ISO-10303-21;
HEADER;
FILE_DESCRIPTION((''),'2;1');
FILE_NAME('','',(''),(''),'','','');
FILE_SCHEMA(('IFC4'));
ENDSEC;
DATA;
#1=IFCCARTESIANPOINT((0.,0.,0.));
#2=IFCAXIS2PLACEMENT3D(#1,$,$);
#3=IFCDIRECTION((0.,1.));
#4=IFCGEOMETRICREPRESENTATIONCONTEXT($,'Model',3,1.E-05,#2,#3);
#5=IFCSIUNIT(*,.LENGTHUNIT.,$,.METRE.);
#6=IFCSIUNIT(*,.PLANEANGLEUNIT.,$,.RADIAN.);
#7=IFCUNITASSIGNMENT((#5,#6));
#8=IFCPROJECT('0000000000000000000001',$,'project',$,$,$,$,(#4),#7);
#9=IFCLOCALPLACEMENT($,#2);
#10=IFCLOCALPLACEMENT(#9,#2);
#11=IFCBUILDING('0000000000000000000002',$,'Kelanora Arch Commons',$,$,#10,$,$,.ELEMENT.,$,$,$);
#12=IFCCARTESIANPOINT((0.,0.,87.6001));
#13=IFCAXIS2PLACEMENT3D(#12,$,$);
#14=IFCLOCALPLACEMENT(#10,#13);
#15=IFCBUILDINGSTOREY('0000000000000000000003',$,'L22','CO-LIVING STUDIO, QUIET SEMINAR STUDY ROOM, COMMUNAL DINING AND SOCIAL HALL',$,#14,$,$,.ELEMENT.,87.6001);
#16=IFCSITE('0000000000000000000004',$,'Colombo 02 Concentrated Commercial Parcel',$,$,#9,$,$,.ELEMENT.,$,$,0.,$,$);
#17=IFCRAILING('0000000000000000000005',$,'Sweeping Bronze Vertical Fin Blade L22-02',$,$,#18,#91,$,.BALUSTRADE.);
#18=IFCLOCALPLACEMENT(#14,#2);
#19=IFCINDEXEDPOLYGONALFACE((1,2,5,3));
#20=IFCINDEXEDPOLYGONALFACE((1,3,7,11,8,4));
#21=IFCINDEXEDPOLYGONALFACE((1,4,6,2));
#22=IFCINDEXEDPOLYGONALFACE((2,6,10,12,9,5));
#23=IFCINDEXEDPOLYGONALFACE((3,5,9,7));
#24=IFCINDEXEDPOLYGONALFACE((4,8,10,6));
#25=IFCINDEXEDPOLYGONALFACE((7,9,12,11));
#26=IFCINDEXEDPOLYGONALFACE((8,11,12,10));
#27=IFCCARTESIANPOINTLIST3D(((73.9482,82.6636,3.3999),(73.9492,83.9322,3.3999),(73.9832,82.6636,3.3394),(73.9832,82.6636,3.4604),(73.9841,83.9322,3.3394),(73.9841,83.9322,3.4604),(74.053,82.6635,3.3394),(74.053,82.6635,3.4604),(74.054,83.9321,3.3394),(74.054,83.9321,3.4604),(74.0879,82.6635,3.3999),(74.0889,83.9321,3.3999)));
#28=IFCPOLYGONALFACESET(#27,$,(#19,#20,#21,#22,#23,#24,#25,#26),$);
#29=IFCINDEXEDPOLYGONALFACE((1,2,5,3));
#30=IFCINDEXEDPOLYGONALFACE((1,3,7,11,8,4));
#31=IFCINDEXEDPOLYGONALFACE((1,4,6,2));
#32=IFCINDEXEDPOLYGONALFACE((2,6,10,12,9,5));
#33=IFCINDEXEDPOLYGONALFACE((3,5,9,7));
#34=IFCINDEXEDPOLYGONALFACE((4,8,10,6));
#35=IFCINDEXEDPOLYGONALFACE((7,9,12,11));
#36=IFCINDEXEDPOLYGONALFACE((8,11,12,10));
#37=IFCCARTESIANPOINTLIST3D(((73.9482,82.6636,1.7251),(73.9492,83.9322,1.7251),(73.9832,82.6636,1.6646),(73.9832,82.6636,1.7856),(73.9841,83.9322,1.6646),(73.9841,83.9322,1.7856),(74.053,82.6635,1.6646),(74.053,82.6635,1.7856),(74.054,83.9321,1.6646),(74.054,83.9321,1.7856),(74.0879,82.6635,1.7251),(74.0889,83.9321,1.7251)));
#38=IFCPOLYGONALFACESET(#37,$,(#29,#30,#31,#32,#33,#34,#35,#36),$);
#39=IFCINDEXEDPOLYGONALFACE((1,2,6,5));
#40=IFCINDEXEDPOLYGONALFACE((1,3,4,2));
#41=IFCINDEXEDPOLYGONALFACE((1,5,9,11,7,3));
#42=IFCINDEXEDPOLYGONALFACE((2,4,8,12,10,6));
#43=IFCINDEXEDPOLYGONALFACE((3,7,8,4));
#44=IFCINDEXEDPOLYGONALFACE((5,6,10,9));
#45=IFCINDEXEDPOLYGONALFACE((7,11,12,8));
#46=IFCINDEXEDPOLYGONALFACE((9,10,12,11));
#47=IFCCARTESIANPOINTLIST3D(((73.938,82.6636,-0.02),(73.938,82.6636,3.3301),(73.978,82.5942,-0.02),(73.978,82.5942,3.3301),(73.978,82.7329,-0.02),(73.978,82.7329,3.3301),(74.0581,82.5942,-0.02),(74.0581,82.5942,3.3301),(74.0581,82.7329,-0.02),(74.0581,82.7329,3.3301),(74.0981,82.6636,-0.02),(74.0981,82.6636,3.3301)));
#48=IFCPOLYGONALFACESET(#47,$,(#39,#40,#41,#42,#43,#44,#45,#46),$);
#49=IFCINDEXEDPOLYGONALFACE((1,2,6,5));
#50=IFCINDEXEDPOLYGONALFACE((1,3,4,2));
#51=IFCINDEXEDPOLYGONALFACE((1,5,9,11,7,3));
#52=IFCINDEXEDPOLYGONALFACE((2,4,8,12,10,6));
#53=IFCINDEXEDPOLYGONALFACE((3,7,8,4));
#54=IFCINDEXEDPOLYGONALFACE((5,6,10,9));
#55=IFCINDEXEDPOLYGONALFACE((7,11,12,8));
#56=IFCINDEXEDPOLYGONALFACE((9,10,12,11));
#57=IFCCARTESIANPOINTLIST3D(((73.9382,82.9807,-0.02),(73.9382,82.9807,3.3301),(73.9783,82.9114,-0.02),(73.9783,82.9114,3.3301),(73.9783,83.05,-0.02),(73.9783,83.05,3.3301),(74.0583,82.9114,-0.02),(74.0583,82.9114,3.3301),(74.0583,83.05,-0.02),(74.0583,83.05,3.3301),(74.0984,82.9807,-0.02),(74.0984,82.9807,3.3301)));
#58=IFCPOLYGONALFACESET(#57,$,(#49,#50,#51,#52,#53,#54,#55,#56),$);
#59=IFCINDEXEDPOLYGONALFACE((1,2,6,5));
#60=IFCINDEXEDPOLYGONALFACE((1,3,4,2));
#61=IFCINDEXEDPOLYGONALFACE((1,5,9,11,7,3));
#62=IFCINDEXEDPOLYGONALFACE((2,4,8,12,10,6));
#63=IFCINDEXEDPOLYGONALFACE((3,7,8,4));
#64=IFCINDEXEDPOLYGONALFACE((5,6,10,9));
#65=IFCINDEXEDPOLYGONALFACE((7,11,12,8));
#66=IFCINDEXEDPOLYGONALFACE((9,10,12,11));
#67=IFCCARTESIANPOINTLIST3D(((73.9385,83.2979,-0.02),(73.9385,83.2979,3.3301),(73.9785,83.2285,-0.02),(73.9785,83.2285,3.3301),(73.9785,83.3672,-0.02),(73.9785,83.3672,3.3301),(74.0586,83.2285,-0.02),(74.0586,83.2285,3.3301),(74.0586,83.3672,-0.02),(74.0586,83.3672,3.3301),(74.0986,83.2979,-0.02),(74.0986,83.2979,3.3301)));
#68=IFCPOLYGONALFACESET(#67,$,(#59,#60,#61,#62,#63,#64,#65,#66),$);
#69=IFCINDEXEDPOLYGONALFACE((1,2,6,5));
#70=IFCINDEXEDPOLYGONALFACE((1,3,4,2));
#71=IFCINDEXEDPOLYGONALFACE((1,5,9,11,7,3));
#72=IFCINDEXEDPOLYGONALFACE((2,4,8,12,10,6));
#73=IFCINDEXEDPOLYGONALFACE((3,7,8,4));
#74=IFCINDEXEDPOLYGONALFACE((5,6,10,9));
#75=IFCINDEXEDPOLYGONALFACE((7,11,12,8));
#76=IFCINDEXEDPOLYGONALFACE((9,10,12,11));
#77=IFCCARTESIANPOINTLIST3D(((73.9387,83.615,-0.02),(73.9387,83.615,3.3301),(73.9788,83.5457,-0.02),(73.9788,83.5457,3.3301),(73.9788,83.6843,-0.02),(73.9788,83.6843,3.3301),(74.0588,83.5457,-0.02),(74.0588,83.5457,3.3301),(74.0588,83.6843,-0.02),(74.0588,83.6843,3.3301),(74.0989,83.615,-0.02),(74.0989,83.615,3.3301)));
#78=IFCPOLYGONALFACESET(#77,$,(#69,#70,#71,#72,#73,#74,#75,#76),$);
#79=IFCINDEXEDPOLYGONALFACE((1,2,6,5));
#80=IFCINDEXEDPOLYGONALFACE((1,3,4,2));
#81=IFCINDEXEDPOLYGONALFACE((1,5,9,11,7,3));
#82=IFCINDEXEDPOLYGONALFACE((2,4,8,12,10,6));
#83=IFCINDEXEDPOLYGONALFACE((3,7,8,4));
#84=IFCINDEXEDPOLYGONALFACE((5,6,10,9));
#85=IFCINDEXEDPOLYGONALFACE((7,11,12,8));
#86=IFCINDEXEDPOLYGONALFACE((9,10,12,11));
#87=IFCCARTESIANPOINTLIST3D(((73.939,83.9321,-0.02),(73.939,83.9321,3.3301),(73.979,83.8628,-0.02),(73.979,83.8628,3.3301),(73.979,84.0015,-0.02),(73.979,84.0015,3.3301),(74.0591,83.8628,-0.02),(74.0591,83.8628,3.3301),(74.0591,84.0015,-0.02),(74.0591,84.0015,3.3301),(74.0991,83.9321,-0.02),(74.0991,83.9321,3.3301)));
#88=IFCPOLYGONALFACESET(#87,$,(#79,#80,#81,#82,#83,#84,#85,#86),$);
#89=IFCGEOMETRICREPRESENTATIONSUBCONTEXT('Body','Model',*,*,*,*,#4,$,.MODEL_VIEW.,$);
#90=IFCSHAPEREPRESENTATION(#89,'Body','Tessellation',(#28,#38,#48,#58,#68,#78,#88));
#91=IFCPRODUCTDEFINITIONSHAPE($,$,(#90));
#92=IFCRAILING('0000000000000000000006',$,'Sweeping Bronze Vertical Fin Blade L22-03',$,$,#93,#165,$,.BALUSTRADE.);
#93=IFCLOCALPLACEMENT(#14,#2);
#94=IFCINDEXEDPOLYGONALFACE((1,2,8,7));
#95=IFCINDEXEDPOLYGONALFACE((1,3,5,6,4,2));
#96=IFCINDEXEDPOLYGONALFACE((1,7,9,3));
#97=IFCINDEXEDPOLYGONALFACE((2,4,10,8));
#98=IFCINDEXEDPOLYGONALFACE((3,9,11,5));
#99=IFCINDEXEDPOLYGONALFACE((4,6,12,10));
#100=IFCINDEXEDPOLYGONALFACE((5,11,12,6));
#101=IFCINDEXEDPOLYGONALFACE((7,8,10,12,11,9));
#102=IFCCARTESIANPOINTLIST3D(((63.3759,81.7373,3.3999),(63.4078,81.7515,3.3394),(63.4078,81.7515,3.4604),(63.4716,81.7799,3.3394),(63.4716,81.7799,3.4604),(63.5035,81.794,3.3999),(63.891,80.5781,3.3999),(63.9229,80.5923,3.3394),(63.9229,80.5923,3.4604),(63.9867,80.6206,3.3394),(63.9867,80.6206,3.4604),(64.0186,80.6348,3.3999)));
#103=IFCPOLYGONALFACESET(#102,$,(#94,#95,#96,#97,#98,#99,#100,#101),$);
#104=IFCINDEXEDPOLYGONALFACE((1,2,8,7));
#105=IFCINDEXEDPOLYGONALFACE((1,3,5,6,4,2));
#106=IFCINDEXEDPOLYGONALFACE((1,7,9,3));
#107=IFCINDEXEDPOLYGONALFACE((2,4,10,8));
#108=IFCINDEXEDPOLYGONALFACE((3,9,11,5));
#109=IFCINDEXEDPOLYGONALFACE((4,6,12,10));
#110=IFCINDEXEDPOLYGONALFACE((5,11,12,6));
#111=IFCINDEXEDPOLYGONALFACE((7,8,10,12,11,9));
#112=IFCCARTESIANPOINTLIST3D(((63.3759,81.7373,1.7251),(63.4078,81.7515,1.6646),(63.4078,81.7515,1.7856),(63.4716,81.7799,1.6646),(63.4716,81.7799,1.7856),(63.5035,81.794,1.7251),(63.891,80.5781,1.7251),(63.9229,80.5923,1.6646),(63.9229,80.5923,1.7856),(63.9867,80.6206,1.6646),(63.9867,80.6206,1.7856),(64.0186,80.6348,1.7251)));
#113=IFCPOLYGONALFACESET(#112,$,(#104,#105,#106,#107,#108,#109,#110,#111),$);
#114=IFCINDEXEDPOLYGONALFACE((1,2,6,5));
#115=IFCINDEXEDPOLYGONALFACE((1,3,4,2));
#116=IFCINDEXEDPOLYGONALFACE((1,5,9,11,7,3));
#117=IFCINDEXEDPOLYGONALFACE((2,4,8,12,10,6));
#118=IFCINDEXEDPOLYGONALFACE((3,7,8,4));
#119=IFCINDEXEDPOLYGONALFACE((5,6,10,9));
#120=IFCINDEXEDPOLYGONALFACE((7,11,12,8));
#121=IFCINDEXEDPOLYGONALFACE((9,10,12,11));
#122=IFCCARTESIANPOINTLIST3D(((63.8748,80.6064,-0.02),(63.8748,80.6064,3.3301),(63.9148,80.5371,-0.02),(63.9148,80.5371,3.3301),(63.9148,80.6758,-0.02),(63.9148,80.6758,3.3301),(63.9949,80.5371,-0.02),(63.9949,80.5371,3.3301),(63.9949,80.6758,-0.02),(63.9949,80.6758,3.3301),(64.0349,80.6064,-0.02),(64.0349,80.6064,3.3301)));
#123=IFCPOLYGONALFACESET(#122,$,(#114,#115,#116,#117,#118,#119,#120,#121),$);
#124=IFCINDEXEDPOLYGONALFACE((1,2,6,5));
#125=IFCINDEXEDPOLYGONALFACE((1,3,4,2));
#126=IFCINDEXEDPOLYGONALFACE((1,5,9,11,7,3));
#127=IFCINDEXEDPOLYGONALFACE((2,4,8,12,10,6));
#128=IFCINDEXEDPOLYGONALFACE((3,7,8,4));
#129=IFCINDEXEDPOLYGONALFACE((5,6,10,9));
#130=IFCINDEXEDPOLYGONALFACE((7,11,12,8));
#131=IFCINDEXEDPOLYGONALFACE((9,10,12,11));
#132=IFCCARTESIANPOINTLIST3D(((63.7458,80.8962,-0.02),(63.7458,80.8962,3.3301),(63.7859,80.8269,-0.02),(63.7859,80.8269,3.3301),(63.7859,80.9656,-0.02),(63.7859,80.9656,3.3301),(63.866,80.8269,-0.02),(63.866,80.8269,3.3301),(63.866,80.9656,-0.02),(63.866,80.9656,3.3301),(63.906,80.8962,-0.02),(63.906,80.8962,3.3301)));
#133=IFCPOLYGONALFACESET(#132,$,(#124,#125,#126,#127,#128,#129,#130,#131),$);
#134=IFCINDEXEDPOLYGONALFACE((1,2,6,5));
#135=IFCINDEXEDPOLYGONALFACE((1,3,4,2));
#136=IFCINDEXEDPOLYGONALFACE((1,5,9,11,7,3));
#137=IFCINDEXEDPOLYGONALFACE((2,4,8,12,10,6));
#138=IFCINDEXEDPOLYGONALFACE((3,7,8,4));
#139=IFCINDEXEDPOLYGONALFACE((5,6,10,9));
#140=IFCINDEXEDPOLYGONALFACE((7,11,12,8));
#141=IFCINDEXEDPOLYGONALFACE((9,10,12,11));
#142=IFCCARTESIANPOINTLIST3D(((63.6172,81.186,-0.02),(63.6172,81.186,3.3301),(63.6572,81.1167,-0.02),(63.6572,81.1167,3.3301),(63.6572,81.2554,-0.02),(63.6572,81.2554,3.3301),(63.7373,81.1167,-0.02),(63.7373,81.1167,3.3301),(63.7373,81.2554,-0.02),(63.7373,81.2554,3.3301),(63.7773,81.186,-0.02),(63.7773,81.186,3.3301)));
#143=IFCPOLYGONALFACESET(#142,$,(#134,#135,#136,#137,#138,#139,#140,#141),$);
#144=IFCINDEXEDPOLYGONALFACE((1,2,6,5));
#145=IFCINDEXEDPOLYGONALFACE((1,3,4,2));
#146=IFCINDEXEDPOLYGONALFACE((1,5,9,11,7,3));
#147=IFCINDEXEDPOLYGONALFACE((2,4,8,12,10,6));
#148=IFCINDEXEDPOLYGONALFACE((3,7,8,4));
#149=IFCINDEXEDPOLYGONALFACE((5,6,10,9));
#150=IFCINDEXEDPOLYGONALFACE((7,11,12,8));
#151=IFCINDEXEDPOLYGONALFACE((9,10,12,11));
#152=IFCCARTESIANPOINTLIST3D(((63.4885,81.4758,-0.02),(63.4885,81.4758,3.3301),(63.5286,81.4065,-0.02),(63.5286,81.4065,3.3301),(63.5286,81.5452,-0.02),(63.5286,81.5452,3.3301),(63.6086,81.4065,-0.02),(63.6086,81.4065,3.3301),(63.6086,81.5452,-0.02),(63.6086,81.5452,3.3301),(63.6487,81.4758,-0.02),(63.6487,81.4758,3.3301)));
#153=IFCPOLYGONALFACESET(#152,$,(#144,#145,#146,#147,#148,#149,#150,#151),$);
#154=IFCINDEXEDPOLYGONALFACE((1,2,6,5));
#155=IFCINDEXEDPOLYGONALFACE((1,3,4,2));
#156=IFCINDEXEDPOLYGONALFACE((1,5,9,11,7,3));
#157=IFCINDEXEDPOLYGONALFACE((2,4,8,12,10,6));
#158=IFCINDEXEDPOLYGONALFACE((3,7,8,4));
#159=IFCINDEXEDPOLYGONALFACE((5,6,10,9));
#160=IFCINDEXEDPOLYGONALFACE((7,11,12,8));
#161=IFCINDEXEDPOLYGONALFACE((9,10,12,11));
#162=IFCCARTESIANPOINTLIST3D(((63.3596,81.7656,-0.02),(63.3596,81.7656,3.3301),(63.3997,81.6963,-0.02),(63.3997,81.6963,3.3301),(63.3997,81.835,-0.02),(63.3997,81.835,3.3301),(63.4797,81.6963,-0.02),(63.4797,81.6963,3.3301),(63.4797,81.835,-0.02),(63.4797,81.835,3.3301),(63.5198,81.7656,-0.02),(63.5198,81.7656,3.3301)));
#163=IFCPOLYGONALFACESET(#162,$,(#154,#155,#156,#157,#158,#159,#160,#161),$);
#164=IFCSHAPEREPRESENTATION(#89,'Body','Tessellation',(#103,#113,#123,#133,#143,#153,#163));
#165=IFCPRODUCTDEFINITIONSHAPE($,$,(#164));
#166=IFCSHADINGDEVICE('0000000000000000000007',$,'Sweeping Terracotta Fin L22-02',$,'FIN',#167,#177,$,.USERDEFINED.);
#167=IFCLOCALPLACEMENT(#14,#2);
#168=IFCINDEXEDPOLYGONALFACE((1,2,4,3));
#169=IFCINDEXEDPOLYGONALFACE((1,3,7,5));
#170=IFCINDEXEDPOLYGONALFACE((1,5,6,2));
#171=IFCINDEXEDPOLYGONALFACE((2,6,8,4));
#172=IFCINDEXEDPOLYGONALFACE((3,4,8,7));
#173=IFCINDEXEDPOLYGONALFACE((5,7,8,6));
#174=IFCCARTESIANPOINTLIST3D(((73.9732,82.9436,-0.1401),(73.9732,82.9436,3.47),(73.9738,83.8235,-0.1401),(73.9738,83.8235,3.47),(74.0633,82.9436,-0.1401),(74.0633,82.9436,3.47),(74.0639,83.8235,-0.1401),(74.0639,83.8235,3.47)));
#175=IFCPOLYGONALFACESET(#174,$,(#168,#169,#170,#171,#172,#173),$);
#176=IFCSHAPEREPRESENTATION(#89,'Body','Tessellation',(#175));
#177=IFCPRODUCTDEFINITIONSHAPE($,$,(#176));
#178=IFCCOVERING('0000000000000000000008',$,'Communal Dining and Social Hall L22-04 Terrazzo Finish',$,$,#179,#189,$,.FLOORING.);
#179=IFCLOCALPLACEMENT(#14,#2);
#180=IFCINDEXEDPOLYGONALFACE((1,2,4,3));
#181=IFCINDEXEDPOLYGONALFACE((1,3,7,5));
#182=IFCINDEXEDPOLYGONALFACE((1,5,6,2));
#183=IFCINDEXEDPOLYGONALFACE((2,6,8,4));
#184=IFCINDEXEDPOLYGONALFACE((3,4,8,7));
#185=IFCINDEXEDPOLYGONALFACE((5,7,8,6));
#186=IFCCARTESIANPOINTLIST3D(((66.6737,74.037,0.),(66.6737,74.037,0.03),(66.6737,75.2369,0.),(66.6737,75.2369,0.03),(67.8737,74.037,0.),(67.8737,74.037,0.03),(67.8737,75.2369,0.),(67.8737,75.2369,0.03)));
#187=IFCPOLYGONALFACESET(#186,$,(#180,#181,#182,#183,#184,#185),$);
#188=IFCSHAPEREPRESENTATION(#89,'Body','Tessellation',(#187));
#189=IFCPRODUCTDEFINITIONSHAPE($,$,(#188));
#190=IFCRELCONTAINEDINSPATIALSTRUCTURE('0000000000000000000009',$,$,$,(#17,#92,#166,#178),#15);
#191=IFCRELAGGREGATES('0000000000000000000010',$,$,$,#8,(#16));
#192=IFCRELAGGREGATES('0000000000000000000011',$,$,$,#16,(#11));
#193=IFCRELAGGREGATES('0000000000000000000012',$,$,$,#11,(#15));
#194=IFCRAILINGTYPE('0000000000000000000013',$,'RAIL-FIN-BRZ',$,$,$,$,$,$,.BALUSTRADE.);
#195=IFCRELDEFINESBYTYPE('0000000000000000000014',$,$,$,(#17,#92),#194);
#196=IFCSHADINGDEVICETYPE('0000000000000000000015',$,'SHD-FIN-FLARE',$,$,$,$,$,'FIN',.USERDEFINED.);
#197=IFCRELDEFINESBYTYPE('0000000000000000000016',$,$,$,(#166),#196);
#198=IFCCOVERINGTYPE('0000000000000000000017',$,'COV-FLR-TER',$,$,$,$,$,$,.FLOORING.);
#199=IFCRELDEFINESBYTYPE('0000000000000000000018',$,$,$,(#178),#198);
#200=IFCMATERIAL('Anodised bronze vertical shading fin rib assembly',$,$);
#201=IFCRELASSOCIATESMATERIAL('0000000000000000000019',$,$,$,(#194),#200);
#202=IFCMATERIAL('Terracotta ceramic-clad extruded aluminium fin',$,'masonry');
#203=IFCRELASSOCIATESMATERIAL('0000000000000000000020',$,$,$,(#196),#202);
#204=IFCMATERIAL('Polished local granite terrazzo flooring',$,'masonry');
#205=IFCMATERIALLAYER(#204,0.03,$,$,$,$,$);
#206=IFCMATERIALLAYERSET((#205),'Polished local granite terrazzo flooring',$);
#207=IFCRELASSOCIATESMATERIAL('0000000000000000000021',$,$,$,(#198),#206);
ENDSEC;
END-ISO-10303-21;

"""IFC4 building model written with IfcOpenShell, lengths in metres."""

from ifc_helpers import new_model, si_unit, direction, frame, origin, origin_2d, place, context, subcontext, project, spatial, polyline, rectangle, outline, extrude, source, transform, mapped, material, layer, layer_set, type_object, element, save


model = new_model("IFC4")

# Units and contexts
model_context = context("Model", 3, precision=1e-05, world=origin(), true_north=direction((0.0, 1.0)))
body_context = subcontext(model_context, "Body", "Model", "MODEL_VIEW")
ifc_project = project(units=[si_unit("LENGTHUNIT", "METRE"), si_unit("PLANEANGLEUNIT", "RADIAN")], contexts=[model_context])

# Site, building, storey
site_placement = place(None, origin())
site = spatial("IfcSite", under=ifc_project, at=site_placement, Name="Colombo 02 Concentrated Commercial Parcel", CompositionType="ELEMENT", RefElevation=0.0)
building_placement = place(site_placement, origin())
building = spatial("IfcBuilding", under=site, at=building_placement, Name="Kelanora Arch Commons", CompositionType="ELEMENT")
storey_placement = place(building_placement, frame((0.0, 0.0, 87.6001)))
storey = spatial("IfcBuildingStorey", under=building, at=storey_placement, Name="L22", Description="CO-LIVING STUDIO, QUIET SEMINAR STUDY ROOM, COMMUNAL DINING AND SOCIAL HALL", CompositionType="ELEMENT", Elevation=87.6001)

# Railings
ifc_material_1 = material(Name="Anodised bronze vertical shading fin rib assembly")
railing_type = type_object("IfcRailingType", Name="RAIL-FIN-BRZ", PredefinedType="BALUSTRADE", material=ifc_material_1)
railing_1_placement = place(storey_placement, frame((74.0181, 82.6636, -0.02)))
element("IfcRailing", 1, at=railing_1_placement, inside=storey, type_object=railing_type, Name="Sweeping Bronze Vertical Fin Blade L22-02", PredefinedType="BALUSTRADE", context=body_context, shape_type="SweptSolid", body=[
    extrude(outline(polyline([(0.0698, 0.0), (0.0349, 0.0605), (-0.0349, 0.0605), (-0.0698, 0.0), (-0.0349, -0.0605), (0.0349, -0.0605), (0.0698, 0.0)])), frame((0.0, 0.0, 3.4199), z_axis=(0.00077, 1.0, 0.0), x_axis=(-1.0, 0.00077, 0.0)), (0.0, 0.0, 1.0), 1.2686),
    extrude(outline(polyline([(0.0698, 0.0), (0.0349, 0.0605), (-0.0349, 0.0605), (-0.0698, 0.0), (-0.0349, -0.0605), (0.0349, -0.0605), (0.0698, 0.0)])), frame((0.0, 0.0, 1.7451), z_axis=(0.00077, 1.0, 0.0), x_axis=(-1.0, 0.00077, 0.0)), (0.0, 0.0, 1.0), 1.2686),
    extrude(outline(polyline([(0.0801, 0.0), (0.04, 0.0693), (-0.04, 0.0693), (-0.0801, 0.0), (-0.04, -0.0693), (0.04, -0.0693), (0.0801, 0.0)])), origin(), (0.0, 0.0, 1.0), 3.3501),
    extrude(outline(polyline([(0.0801, 0.0), (0.04, 0.0693), (-0.04, 0.0693), (-0.0801, 0.0), (-0.04, -0.0693), (0.04, -0.0693), (0.0801, 0.0)])), frame((0.0002, 0.3171, 0.0)), (0.0, 0.0, 1.0), 3.3501),
    extrude(outline(polyline([(0.0801, 0.0), (0.04, 0.0693), (-0.04, 0.0693), (-0.0801, 0.0), (-0.04, -0.0693), (0.04, -0.0693), (0.0801, 0.0)])), frame((0.0005, 0.6343, 0.0)), (0.0, 0.0, 1.0), 3.3501),
    extrude(outline(polyline([(0.0801, 0.0), (0.04, 0.0693), (-0.04, 0.0693), (-0.0801, 0.0), (-0.04, -0.0693), (0.04, -0.0693), (0.0801, 0.0)])), frame((0.0007, 0.9514, 0.0)), (0.0, 0.0, 1.0), 3.3501),
    extrude(outline(polyline([(0.0801, 0.0), (0.04, 0.0693), (-0.04, 0.0693), (-0.0801, 0.0), (-0.04, -0.0693), (0.04, -0.0693), (0.0801, 0.0)])), frame((0.001, 1.2686, 0.0)), (0.0, 0.0, 1.0), 3.3501),
])
railing_2_placement = place(storey_placement, frame((63.9548, 80.6064, -0.02)))
element("IfcRailing", 2, at=railing_2_placement, inside=storey, type_object=railing_type, Name="Sweeping Bronze Vertical Fin Blade L22-03", PredefinedType="BALUSTRADE", context=body_context, shape_type="SweptSolid", body=[
    extrude(outline(polyline([(0.0698, 0.0), (0.0349, 0.0605), (-0.0349, 0.0605), (-0.0698, 0.0), (-0.0349, -0.0605), (0.0349, -0.0605), (0.0698, 0.0)])), frame((0.0, 0.0, 3.4199), z_axis=(-0.406103, 0.913827, 0.0), x_axis=(-0.913827, -0.406103, 0.0)), (0.0, 0.0, 1.0), 1.2686),
    extrude(outline(polyline([(0.0698, 0.0), (0.0349, 0.0605), (-0.0349, 0.0605), (-0.0698, 0.0), (-0.0349, -0.0605), (0.0349, -0.0605), (0.0698, 0.0)])), frame((0.0, 0.0, 1.7451), z_axis=(-0.406103, 0.913827, 0.0), x_axis=(-0.913827, -0.406103, 0.0)), (0.0, 0.0, 1.0), 1.2686),
    extrude(outline(polyline([(0.0801, 0.0), (0.04, 0.0693), (-0.04, 0.0693), (-0.0801, 0.0), (-0.04, -0.0693), (0.04, -0.0693), (0.0801, 0.0)])), origin(), (0.0, 0.0, 1.0), 3.3501),
    extrude(outline(polyline([(0.0801, 0.0), (0.04, 0.0693), (-0.04, 0.0693), (-0.0801, 0.0), (-0.04, -0.0693), (0.04, -0.0693), (0.0801, 0.0)])), frame((-0.1289, 0.2898, 0.0)), (0.0, 0.0, 1.0), 3.3501),
    extrude(outline(polyline([(0.0801, 0.0), (0.04, 0.0693), (-0.04, 0.0693), (-0.0801, 0.0), (-0.04, -0.0693), (0.04, -0.0693), (0.0801, 0.0)])), frame((-0.2576, 0.5796, 0.0)), (0.0, 0.0, 1.0), 3.3501),
    extrude(outline(polyline([(0.0801, 0.0), (0.04, 0.0693), (-0.04, 0.0693), (-0.0801, 0.0), (-0.04, -0.0693), (0.04, -0.0693), (0.0801, 0.0)])), frame((-0.3862, 0.8694, 0.0)), (0.0, 0.0, 1.0), 3.3501),
    extrude(outline(polyline([(0.0801, 0.0), (0.04, 0.0693), (-0.04, 0.0693), (-0.0801, 0.0), (-0.04, -0.0693), (0.04, -0.0693), (0.0801, 0.0)])), frame((-0.5151, 1.1592, 0.0)), (0.0, 0.0, 1.0), 3.3501),
])

# Shading device
ifc_material_2 = material(Name="Terracotta ceramic-clad extruded aluminium fin", Category="masonry")
shading_device_type = type_object("IfcShadingDeviceType", Name="SHD-FIN-FLARE", ElementType="FIN", PredefinedType="USERDEFINED", material=ifc_material_2)
shared_shape_1 = source(origin(), body_context, "Body", "SweptSolid", [
    extrude(rectangle(XDim=0.8799, YDim=0.0901, at=origin_2d()), origin(), (0.0, 0.0, 1.0), 3.6101),
])
shading_device_placement = place(storey_placement, frame((74.0186, 83.3835, -0.1401), z_axis=(0.0, 0.0, 1.0), x_axis=(0.000698, 1.0, 0.0)))
element("IfcShadingDevice", 3, at=shading_device_placement, inside=storey, type_object=shading_device_type, Name="Sweeping Terracotta Fin L22-02", ObjectType="FIN", PredefinedType="USERDEFINED", context=body_context, shape_type="MappedRepresentation", body=[
    mapped(shared_shape_1, transform((0.0, 0.0, 0.0), scale=1.0)),
])

# Covering
ifc_material_3 = material(Name="Polished local granite terrazzo flooring", Category="masonry")
ifc_layer_1 = layer(ifc_material_3, 0.03)
ifc_layer_set_1 = layer_set([ifc_layer_1], Name="Polished local granite terrazzo flooring")
covering_type = type_object("IfcCoveringType", Name="COV-FLR-TER", PredefinedType="FLOORING", material=ifc_layer_set_1)
shared_shape_2 = source(origin(), body_context, "Body", "SweptSolid", [
    extrude(rectangle(XDim=1.2, YDim=1.2, at=origin_2d()), origin(), (0.0, 0.0, 1.0), 0.03),
])
covering_placement = place(storey_placement, frame((67.2737, 74.637, 0.0), z_axis=(0.0, 0.0, 1.0), x_axis=(1.0, 0.0, 0.0)))
element("IfcCovering", 4, at=covering_placement, inside=storey, type_object=covering_type, Name="Communal Dining and Social Hall L22-04 Terrazzo Finish", PredefinedType="FLOORING", context=body_context, shape_type="MappedRepresentation", body=[
    mapped(shared_shape_2, transform((0.0, 0.0, 0.0), scale=1.0)),
])

save(model, "model.ifc")
